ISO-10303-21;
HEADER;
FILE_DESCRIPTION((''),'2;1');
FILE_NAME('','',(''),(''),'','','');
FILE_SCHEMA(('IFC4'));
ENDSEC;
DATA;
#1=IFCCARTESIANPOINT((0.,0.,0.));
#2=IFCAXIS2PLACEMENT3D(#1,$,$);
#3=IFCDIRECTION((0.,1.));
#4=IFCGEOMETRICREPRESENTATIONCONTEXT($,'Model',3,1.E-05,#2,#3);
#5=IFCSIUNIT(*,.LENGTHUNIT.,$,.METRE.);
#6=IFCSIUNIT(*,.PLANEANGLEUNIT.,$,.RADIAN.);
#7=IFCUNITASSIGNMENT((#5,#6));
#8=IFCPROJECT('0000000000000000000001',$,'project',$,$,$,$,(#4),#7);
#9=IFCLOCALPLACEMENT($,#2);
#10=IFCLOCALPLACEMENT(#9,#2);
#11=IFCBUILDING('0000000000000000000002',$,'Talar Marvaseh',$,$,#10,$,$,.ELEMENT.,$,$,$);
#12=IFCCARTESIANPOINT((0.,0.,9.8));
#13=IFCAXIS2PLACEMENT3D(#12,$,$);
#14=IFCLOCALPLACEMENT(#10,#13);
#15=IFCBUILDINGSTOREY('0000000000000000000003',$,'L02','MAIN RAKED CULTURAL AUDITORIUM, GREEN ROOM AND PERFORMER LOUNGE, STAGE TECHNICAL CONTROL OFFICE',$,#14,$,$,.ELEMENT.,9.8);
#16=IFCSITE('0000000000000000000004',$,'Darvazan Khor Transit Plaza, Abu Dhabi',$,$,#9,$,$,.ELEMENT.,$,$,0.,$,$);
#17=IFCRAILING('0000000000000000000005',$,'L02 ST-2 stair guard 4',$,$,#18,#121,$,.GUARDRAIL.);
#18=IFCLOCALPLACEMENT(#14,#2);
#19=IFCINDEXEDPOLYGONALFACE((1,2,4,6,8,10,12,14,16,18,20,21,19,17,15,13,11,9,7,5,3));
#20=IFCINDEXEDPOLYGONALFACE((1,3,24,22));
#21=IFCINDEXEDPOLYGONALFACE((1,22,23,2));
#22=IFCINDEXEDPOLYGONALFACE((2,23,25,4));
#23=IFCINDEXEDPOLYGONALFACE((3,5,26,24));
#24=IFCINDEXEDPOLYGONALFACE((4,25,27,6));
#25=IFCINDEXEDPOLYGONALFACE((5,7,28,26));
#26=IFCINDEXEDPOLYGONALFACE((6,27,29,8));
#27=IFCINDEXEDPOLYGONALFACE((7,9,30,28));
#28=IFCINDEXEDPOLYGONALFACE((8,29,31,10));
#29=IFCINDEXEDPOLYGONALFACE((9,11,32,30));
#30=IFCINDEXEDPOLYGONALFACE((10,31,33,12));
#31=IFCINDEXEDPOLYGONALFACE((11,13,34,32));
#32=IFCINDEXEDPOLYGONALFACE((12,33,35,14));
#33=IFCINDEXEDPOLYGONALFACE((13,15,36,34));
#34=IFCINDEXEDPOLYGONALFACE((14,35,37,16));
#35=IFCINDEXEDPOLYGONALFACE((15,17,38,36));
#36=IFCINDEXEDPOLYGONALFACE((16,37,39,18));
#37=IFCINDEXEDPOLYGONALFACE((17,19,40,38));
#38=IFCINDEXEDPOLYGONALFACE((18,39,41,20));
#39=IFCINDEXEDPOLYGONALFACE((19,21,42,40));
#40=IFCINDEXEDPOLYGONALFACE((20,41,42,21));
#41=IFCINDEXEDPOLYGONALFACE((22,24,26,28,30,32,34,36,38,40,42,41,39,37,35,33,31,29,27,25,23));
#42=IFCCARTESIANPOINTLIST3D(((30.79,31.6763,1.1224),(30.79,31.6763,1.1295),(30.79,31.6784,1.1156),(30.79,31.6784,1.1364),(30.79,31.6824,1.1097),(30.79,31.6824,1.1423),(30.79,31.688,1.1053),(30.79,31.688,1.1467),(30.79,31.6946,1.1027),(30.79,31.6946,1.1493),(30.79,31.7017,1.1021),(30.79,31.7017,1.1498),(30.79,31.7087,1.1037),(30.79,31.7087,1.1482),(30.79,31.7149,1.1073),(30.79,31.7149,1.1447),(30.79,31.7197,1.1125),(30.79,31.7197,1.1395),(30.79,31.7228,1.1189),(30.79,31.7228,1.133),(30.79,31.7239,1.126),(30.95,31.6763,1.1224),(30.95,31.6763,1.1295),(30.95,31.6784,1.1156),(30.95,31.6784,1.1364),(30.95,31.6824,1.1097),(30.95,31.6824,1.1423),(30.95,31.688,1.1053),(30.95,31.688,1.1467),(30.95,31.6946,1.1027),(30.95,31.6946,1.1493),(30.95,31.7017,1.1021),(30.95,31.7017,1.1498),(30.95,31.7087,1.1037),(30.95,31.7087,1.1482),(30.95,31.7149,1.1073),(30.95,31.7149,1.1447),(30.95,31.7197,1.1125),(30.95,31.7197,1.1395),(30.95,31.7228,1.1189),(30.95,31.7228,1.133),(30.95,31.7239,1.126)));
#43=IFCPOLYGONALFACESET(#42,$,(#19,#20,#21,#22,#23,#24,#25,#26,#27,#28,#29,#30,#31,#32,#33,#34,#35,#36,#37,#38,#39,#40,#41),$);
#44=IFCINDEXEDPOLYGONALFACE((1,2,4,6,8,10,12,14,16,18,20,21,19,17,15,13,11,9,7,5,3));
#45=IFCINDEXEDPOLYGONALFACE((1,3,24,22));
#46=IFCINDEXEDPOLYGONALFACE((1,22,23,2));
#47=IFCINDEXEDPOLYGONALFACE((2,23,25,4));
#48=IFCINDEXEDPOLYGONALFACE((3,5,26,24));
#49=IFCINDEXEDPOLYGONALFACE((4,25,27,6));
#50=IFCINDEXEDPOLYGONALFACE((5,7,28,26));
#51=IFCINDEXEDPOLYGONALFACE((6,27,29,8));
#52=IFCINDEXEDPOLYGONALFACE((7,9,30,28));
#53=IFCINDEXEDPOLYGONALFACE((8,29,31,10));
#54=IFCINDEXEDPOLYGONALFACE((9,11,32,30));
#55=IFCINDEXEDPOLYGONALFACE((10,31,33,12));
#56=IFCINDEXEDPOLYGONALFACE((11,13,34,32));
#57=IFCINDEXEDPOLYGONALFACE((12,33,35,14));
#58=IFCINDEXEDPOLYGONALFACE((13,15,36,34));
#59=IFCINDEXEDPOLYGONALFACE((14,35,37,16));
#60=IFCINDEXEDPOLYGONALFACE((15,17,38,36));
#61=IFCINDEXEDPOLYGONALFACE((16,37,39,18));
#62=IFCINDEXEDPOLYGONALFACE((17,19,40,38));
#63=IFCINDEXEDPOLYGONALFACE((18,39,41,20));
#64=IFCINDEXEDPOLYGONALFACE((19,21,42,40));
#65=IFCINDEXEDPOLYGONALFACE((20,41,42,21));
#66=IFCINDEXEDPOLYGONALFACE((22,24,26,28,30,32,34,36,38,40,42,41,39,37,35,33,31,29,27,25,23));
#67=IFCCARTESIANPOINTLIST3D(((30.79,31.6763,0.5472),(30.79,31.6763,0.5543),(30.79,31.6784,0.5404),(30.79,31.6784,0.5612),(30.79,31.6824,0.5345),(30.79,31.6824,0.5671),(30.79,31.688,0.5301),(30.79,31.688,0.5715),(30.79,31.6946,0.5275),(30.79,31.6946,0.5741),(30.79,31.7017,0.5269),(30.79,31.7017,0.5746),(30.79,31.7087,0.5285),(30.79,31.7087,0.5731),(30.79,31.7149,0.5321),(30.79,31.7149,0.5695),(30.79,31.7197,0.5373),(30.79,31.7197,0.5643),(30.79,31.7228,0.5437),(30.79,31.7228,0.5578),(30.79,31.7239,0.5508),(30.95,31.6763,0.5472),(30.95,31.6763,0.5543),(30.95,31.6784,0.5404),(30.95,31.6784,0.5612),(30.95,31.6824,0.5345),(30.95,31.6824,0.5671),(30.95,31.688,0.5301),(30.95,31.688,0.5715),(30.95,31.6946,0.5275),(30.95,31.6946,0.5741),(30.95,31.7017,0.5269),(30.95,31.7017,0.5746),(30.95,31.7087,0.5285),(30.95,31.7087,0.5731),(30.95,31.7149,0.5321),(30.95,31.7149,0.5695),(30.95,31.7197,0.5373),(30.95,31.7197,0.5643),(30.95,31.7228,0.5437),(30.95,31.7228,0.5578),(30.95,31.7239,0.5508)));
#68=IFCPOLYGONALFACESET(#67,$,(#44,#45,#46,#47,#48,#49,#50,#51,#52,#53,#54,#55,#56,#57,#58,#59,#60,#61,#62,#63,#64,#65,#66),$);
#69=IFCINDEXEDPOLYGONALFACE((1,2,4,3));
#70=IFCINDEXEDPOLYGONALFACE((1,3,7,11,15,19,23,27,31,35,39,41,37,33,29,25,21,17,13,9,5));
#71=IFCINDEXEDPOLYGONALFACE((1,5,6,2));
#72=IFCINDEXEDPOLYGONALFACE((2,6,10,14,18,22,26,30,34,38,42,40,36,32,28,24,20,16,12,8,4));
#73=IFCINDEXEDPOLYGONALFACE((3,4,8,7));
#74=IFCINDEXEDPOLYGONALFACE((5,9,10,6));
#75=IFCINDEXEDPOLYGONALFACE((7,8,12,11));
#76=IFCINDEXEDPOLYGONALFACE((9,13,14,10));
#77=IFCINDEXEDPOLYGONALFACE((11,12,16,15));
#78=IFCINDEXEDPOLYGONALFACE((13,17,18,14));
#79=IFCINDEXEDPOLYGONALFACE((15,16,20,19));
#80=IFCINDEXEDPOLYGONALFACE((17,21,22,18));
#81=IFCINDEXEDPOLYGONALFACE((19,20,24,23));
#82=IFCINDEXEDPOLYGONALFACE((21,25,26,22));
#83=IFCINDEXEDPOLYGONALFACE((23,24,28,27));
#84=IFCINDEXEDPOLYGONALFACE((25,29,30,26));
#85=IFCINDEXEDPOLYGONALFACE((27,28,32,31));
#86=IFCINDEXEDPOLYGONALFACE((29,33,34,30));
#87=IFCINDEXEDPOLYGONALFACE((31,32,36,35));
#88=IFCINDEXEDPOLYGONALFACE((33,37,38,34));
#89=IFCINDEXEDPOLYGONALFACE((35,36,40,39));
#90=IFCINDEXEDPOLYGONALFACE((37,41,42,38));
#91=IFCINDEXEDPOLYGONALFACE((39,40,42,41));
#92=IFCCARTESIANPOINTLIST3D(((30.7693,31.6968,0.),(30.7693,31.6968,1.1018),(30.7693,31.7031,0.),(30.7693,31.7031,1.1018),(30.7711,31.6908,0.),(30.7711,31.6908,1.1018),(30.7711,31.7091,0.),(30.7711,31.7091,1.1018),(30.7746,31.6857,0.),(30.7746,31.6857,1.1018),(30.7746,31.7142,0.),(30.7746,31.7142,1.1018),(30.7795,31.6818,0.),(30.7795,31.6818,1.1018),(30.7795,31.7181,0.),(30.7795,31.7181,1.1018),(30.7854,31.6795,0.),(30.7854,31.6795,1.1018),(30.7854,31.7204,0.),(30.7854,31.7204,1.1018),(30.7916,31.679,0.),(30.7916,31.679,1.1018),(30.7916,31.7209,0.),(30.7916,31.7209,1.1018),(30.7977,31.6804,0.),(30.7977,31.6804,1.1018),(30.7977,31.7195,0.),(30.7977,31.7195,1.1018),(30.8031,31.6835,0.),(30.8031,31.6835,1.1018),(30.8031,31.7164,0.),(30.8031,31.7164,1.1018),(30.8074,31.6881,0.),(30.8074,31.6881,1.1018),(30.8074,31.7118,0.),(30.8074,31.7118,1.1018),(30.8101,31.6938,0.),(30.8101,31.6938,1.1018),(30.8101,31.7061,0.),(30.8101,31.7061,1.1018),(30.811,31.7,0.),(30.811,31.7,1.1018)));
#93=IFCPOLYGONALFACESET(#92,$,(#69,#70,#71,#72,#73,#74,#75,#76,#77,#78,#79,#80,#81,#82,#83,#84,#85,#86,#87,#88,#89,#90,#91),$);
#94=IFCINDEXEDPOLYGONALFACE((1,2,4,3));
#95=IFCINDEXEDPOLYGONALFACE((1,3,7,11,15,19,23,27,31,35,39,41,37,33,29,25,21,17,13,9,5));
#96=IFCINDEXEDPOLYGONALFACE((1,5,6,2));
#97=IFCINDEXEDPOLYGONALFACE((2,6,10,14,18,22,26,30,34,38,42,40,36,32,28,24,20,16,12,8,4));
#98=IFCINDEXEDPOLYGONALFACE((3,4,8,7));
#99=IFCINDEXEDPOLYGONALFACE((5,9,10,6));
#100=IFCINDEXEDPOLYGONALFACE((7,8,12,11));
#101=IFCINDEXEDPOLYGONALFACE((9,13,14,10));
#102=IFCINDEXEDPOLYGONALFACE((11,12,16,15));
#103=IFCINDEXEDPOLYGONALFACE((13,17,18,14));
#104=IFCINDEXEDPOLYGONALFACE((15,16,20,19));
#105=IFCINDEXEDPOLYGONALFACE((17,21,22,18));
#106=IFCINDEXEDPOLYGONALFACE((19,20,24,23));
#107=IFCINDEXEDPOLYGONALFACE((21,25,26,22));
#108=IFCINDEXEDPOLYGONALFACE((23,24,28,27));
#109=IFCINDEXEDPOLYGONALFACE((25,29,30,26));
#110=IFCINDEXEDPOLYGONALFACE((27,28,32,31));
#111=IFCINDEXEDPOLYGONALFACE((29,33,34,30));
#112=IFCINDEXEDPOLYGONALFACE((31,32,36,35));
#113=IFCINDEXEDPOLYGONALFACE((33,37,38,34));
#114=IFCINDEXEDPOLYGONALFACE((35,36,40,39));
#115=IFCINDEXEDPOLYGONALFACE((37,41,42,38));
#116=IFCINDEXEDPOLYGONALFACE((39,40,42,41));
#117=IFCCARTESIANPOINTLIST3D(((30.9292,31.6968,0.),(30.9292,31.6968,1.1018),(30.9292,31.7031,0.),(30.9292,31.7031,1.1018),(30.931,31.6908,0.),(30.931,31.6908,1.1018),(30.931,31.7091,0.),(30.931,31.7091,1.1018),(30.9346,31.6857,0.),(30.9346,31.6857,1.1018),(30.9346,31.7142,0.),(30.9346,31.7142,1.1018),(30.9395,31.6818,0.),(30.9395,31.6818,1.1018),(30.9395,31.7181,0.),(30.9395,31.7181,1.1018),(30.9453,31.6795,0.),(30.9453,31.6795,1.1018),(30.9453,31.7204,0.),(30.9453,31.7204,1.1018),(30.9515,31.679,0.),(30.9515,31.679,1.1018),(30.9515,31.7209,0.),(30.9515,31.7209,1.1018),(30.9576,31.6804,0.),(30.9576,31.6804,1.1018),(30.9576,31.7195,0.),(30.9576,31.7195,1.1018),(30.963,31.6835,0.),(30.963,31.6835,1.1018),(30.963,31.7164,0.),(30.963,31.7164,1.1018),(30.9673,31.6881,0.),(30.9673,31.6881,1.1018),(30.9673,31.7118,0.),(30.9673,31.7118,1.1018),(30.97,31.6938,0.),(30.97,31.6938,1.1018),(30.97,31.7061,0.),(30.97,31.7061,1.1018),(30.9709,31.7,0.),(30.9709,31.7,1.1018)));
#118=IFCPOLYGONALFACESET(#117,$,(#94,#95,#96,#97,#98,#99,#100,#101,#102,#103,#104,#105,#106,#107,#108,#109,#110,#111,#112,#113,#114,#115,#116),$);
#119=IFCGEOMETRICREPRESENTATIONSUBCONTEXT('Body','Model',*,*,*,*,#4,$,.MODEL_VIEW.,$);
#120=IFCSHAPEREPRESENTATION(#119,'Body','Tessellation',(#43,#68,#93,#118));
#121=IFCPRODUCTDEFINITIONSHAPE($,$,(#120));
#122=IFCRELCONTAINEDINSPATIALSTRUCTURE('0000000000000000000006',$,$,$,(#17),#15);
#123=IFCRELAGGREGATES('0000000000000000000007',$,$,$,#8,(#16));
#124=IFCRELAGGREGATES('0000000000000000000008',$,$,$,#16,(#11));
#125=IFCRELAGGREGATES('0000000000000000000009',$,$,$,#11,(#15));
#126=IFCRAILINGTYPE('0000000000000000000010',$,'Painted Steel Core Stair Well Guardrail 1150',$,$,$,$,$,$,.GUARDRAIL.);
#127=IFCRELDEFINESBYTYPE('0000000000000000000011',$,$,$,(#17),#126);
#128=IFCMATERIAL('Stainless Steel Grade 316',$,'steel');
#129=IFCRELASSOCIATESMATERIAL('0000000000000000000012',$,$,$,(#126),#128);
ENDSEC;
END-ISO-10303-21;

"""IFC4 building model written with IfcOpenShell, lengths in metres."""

from ifc_helpers import new_model, si_unit, direction, frame, origin, origin_2d, place, context, subcontext, project, spatial, circle, extrude, material, type_object, element, save


model = new_model("IFC4")

# Units and contexts
model_context = context("Model", 3, precision=1e-05, world=origin(), true_north=direction((0.0, 1.0)))
body_context = subcontext(model_context, "Body", "Model", "MODEL_VIEW")
ifc_project = project(units=[si_unit("LENGTHUNIT", "METRE"), si_unit("PLANEANGLEUNIT", "RADIAN")], contexts=[model_context])

# Site, building, storey
site_placement = place(None, origin())
site = spatial("IfcSite", under=ifc_project, at=site_placement, Name="Darvazan Khor Transit Plaza, Abu Dhabi", CompositionType="ELEMENT", RefElevation=0.0)
building_placement = place(site_placement, origin())
building = spatial("IfcBuilding", under=site, at=building_placement, Name="Talar Marvaseh", CompositionType="ELEMENT")
storey_placement = place(building_placement, frame((0.0, 0.0, 9.8)))
storey = spatial("IfcBuildingStorey", under=building, at=storey_placement, Name="L02", Description="MAIN RAKED CULTURAL AUDITORIUM, GREEN ROOM AND PERFORMER LOUNGE, STAGE TECHNICAL CONTROL OFFICE", CompositionType="ELEMENT", Elevation=9.8)

# Shared definitions
ifc_material_1 = material(Name="Stainless Steel Grade 316", Category="steel")

# Railing
railing_type_1 = type_object("IfcRailingType", Name="Painted Steel Core Stair Well Guardrail 1150", PredefinedType="GUARDRAIL", material=ifc_material_1)
railing_1_placement = place(storey_placement, frame((30.79, 31.7, 0.0)))
element("IfcRailing", 1, at=railing_1_placement, inside=storey, type_object=railing_type_1, Name="L02 ST-2 stair guard 4", PredefinedType="GUARDRAIL", context=body_context, shape_type="SweptSolid", body=[
    extrude(circle(Radius=0.0239, at=origin_2d()), frame((0.0, 0.0, 1.126), z_axis=(1.0, 0.0, 0.0), x_axis=(0.0, 1.0, 0.0)), (0.0, 0.0, 1.0), 0.1599),
    extrude(circle(Radius=0.0239, at=origin_2d()), frame((0.0, 0.0, 0.5508), z_axis=(1.0, 0.0, 0.0), x_axis=(0.0, 1.0, 0.0)), (0.0, 0.0, 1.0), 0.1599),
    extrude(circle(Radius=0.021, at=origin_2d()), origin(), (0.0, 0.0, 1.0), 1.1018),
    extrude(circle(Radius=0.021, at=origin_2d()), frame((0.1599, 0.0, 0.0)), (0.0, 0.0, 1.0), 1.1018),
])

save(model, "model.ifc")
